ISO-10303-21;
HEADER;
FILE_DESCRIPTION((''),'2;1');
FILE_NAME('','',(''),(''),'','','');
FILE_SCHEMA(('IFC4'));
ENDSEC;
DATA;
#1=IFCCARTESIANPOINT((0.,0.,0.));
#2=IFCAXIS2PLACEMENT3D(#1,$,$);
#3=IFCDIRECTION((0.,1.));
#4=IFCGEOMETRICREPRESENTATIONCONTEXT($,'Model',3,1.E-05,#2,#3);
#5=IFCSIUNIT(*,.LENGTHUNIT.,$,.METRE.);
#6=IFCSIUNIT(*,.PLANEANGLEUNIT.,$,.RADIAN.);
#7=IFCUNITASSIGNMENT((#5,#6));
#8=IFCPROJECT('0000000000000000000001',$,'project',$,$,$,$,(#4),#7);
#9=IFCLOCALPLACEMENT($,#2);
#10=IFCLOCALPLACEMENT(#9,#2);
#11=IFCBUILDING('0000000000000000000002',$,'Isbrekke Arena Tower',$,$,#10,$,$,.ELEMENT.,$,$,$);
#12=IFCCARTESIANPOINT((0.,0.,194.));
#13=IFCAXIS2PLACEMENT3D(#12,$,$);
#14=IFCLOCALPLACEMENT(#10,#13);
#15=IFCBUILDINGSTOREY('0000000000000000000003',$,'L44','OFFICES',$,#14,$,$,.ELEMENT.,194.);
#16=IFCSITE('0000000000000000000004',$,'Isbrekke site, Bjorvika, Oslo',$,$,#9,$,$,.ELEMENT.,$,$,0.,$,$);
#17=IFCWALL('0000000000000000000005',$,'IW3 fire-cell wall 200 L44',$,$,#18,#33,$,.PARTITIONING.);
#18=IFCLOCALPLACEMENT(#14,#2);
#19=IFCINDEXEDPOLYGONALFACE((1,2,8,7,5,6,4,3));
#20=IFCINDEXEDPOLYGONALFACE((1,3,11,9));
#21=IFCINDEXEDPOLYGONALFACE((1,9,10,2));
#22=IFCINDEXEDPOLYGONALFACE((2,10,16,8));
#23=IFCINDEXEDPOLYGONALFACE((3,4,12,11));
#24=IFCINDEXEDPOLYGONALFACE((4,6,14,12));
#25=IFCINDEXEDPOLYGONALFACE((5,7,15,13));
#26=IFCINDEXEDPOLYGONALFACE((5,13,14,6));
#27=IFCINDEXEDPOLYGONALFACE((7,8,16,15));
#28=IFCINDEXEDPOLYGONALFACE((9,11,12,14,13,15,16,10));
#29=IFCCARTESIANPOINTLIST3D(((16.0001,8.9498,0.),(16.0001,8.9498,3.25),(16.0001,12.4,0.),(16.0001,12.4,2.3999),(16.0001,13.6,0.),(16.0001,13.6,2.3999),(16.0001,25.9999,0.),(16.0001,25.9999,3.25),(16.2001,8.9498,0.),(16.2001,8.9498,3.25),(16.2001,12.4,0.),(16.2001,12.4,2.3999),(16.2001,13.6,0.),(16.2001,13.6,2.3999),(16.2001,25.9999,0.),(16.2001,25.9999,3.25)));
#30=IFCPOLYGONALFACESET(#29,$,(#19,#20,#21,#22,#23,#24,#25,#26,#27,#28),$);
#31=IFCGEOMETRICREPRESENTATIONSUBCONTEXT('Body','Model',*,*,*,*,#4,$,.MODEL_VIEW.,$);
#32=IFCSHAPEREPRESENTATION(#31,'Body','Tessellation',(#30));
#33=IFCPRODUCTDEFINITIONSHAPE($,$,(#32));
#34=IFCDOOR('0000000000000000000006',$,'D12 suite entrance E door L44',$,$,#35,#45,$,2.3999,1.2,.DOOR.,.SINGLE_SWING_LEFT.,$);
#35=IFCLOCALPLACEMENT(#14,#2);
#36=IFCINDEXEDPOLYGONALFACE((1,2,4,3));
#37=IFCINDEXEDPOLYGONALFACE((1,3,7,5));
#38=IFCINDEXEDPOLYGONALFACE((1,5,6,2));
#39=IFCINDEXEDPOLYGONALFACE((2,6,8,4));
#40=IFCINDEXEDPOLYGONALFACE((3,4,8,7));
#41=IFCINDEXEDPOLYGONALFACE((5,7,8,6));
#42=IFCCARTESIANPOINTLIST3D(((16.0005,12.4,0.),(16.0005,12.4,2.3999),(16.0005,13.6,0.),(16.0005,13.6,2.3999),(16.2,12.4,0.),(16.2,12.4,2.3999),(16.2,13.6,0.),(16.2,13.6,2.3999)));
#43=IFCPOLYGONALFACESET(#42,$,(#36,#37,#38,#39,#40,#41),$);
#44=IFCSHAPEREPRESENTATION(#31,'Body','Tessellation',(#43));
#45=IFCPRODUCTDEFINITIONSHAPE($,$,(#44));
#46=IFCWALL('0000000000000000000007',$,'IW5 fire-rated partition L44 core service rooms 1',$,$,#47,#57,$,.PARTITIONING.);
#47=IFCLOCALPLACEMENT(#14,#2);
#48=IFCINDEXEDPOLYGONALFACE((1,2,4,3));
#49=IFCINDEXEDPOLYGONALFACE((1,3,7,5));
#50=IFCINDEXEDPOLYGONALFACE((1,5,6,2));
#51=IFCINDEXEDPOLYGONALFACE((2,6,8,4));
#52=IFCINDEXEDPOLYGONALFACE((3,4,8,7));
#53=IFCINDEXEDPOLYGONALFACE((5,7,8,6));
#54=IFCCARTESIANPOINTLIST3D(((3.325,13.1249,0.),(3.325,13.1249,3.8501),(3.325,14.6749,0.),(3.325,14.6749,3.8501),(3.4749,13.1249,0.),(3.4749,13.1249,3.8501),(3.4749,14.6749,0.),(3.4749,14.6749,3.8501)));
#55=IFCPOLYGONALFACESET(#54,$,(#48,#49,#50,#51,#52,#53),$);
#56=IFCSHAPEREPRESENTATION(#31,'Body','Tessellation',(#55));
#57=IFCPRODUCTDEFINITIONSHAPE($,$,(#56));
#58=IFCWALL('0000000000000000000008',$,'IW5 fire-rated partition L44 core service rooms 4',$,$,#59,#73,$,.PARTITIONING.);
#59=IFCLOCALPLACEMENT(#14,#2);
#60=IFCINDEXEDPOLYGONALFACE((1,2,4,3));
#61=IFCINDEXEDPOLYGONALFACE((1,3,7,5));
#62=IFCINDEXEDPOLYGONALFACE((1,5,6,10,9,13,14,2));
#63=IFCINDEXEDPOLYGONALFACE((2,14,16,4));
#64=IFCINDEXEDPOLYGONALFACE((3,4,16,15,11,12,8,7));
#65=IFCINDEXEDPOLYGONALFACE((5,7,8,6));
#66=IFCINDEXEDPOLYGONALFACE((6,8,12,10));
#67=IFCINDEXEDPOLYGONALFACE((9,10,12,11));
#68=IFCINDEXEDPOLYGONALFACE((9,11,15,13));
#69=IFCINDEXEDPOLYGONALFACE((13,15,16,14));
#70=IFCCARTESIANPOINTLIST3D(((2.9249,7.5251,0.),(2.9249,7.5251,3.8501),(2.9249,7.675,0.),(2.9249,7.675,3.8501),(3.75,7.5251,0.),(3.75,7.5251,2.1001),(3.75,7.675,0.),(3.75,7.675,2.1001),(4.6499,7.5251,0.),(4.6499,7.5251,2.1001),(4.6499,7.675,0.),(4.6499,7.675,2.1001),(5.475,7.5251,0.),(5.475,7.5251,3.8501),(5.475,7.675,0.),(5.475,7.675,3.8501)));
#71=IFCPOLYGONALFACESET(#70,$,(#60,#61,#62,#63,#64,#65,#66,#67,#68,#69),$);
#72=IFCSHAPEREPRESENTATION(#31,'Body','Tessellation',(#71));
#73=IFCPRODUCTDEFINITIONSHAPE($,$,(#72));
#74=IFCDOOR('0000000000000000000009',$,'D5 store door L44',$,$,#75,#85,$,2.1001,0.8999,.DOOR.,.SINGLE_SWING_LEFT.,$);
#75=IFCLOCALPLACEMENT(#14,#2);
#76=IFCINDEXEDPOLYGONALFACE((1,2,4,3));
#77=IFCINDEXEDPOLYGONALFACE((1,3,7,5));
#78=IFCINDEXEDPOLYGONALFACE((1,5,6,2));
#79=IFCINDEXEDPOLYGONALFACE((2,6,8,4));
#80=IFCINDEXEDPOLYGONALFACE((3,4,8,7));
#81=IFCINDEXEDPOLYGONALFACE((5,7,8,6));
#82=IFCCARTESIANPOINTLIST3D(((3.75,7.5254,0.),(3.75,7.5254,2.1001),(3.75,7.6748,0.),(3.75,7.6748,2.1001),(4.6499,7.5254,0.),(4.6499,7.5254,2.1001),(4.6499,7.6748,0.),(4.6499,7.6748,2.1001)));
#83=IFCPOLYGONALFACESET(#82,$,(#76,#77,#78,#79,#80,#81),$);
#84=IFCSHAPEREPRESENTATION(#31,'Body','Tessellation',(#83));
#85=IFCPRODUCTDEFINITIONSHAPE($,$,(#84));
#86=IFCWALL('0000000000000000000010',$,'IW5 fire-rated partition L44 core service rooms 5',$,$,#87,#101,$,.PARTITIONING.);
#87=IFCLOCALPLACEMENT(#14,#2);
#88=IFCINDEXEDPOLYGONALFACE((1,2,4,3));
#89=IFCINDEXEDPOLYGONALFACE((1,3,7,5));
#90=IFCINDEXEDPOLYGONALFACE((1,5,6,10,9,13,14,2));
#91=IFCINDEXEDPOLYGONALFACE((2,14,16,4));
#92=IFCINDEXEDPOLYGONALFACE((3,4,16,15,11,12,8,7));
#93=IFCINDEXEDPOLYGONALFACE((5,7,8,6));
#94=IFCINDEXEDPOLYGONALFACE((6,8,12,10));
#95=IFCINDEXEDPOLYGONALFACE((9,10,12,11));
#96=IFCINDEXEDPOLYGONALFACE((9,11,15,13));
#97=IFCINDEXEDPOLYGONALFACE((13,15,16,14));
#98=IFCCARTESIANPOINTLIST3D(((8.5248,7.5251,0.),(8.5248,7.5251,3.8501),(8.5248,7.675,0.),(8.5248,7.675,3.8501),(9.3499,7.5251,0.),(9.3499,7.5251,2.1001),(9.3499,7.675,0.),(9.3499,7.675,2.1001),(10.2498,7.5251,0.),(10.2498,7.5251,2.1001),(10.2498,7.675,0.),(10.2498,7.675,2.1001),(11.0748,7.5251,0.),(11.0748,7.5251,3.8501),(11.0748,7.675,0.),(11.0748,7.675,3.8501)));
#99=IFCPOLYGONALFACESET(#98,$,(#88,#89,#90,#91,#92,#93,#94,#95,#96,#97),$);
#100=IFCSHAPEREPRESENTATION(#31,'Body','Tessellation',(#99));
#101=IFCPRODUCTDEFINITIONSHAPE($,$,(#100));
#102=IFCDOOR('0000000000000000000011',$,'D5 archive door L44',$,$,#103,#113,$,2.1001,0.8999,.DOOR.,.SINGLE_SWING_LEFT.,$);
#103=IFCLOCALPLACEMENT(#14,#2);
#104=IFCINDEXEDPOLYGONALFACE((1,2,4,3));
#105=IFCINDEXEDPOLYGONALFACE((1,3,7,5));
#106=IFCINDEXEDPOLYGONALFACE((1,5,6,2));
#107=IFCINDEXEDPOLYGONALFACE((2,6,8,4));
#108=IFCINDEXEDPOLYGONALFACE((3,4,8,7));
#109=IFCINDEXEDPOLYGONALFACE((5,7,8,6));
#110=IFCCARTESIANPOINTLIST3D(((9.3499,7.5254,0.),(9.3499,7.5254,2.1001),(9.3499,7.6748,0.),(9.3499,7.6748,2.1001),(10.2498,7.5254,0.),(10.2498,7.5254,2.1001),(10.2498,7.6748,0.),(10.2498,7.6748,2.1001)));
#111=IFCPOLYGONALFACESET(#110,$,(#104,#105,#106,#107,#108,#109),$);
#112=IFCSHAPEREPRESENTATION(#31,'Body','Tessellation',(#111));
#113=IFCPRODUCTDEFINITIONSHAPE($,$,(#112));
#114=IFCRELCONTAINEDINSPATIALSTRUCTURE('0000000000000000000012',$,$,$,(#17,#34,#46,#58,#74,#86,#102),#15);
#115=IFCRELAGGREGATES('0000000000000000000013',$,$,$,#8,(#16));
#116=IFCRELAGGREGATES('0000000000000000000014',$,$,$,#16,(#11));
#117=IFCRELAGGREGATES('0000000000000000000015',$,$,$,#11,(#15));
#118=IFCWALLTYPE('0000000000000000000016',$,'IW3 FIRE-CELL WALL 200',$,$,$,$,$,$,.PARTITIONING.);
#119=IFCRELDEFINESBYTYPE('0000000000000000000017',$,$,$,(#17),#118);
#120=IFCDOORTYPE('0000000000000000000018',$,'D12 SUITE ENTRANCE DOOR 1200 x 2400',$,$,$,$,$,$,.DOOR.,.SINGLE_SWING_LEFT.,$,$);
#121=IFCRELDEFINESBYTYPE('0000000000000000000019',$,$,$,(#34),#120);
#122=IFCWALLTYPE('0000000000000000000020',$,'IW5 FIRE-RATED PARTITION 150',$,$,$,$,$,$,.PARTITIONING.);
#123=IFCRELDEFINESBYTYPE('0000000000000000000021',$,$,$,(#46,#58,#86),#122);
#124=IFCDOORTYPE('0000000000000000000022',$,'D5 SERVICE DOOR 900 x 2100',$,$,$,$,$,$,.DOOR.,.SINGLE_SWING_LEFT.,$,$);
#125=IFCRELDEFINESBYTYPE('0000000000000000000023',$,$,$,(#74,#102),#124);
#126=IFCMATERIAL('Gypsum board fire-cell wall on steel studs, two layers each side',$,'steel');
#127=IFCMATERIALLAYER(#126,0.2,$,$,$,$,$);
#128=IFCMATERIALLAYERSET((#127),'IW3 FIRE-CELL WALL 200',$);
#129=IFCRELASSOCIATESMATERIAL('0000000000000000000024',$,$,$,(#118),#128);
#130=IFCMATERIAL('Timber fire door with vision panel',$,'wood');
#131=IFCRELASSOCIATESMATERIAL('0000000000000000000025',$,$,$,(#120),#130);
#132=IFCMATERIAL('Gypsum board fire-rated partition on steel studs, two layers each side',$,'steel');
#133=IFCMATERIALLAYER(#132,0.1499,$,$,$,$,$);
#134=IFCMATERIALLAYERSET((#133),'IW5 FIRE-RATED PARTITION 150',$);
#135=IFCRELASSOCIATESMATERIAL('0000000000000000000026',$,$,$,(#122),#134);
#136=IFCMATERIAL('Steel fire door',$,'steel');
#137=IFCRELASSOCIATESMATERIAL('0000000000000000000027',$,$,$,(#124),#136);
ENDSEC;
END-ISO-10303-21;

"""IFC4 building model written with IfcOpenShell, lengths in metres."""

from ifc_helpers import new_model, si_unit, direction, frame, frame_2d, origin, place, context, subcontext, project, spatial, rectangle, extrude, material, layer, layer_set, type_object, element, fill, save


model = new_model("IFC4")

# Units and contexts
model_context = context("Model", 3, precision=1e-05, world=origin(), true_north=direction((0.0, 1.0)))
body_context = subcontext(model_context, "Body", "Model", "MODEL_VIEW")
ifc_project = project(units=[si_unit("LENGTHUNIT", "METRE"), si_unit("PLANEANGLEUNIT", "RADIAN")], contexts=[model_context])

# Site, building, storey
site_placement = place(None, origin())
site = spatial("IfcSite", under=ifc_project, at=site_placement, Name="Isbrekke site, Bjorvika, Oslo", CompositionType="ELEMENT", RefElevation=0.0)
building_placement = place(site_placement, origin())
building = spatial("IfcBuilding", under=site, at=building_placement, Name="Isbrekke Arena Tower", CompositionType="ELEMENT")
storey_placement = place(building_placement, frame((0.0, 0.0, 194.0)))
storey = spatial("IfcBuildingStorey", under=building, at=storey_placement, Name="L44", Description="OFFICES", CompositionType="ELEMENT", Elevation=194.0)

# Shared definitions
ifc_material_1 = material(Name="Gypsum board fire-cell wall on steel studs, two layers each side", Category="steel")
ifc_layer_1 = layer(ifc_material_1, 0.2)
ifc_layer_set_1 = layer_set([ifc_layer_1], Name="IW3 FIRE-CELL WALL 200")
wall_type_1 = type_object("IfcWallType", Name="IW3 FIRE-CELL WALL 200", PredefinedType="PARTITIONING", material=ifc_layer_set_1)

# Wall, opening, door
wall_1_placement = place(storey_placement, frame((16.1001, 8.95, 0.0), z_axis=(0.0, 0.0, 1.0), x_axis=(0.0, 1.0, 0.0)))
wall_1 = element("IfcWall", 1, at=wall_1_placement, inside=storey, type_object=wall_type_1, Name="IW3 fire-cell wall 200 L44", PredefinedType="PARTITIONING", context=body_context, shape_type="SweptSolid", body=[
    extrude(rectangle(XDim=17.05, YDim=0.2, at=frame_2d((8.5249, 0.0))), origin(), (0.0, 0.0, 1.0), 3.25),
])
opening_1_placement = place(wall_1_placement, frame((3.45, 0.0, 0.0)))
opening_1 = element("IfcOpeningElement", 2, at=opening_1_placement, cuts=wall_1, PredefinedType="OPENING", context=body_context, shape_type="SweptSolid", body=[
    extrude(rectangle(XDim=1.2, YDim=2.3999, at=frame_2d((0.6001, 1.2))), frame((0.0, 0.1147, 0.0), z_axis=(0.0, -1.0, 0.0), x_axis=(1.0, 0.0, 0.0)), (0.0, 0.0, 1.0), 0.2297),
])
ifc_material_2 = material(Name="Timber fire door with vision panel", Category="wood")
door_type_1 = type_object("IfcDoorType", Name="D12 SUITE ENTRANCE DOOR 1200 x 2400", OperationType="SINGLE_SWING_LEFT", PredefinedType="DOOR", material=ifc_material_2)
door_1_placement = place(opening_1_placement, origin())
door_1 = element("IfcDoor", 3, at=door_1_placement, inside=storey, type_object=door_type_1, Name="D12 suite entrance E door L44", OperationType="SINGLE_SWING_LEFT", OverallHeight=2.3999, OverallWidth=1.2, PredefinedType="DOOR", context=body_context, shape_type="SweptSolid", body=[
    extrude(rectangle(XDim=1.2, YDim=2.3999, at=frame_2d((0.6001, 1.2))), frame((0.0, 0.0996, 0.0), z_axis=(0.0, -1.0, 0.0), x_axis=(1.0, 0.0, 0.0)), (0.0, 0.0, 1.0), 0.1995),
])
fill(opening_1, door_1)

# Wall
ifc_material_3 = material(Name="Gypsum board fire-rated partition on steel studs, two layers each side", Category="steel")
ifc_layer_2 = layer(ifc_material_3, 0.1499)
ifc_layer_set_2 = layer_set([ifc_layer_2], Name="IW5 FIRE-RATED PARTITION 150")
wall_type_2 = type_object("IfcWallType", Name="IW5 FIRE-RATED PARTITION 150", PredefinedType="PARTITIONING", material=ifc_layer_set_2)
wall_2_placement = place(storey_placement, frame((3.3999, 13.125, 0.0), z_axis=(0.0, 0.0, 1.0), x_axis=(0.0, 1.0, 0.0)))
element("IfcWall", 4, at=wall_2_placement, inside=storey, type_object=wall_type_2, Name="IW5 fire-rated partition L44 core service rooms 1", PredefinedType="PARTITIONING", context=body_context, shape_type="SweptSolid", body=[
    extrude(rectangle(XDim=1.55, YDim=0.1499, at=frame_2d((0.7749, 0.0))), origin(), (0.0, 0.0, 1.0), 3.8501),
])

# Walls, openings, doors
wall_3_placement = place(storey_placement, frame((2.925, 7.6001, 0.0), z_axis=(0.0, 0.0, 1.0), x_axis=(1.0, 0.0, 0.0)))
wall_3 = element("IfcWall", 5, at=wall_3_placement, inside=storey, type_object=wall_type_2, Name="IW5 fire-rated partition L44 core service rooms 4", PredefinedType="PARTITIONING", context=body_context, shape_type="SweptSolid", body=[
    extrude(rectangle(XDim=2.55, YDim=0.1499, at=frame_2d((1.2749, 0.0))), origin(), (0.0, 0.0, 1.0), 3.8501),
])
opening_2_placement = place(wall_3_placement, frame((0.825, 0.0, 0.0)))
opening_2 = element("IfcOpeningElement", 6, at=opening_2_placement, cuts=wall_3, PredefinedType="OPENING", context=body_context, shape_type="SweptSolid", body=[
    extrude(rectangle(XDim=0.8999, YDim=2.1001, at=frame_2d((0.45, 1.05))), frame((0.0, 0.0898, 0.0), z_axis=(0.0, -1.0, 0.0), x_axis=(1.0, 0.0, 0.0)), (0.0, 0.0, 1.0), 0.1797),
])
ifc_material_4 = material(Name="Steel fire door", Category="steel")
door_type_2 = type_object("IfcDoorType", Name="D5 SERVICE DOOR 900 x 2100", OperationType="SINGLE_SWING_LEFT", PredefinedType="DOOR", material=ifc_material_4)
door_2_placement = place(opening_2_placement, origin())
door_2 = element("IfcDoor", 7, at=door_2_placement, inside=storey, type_object=door_type_2, Name="D5 store door L44", OperationType="SINGLE_SWING_LEFT", OverallHeight=2.1001, OverallWidth=0.8999, PredefinedType="DOOR", context=body_context, shape_type="SweptSolid", body=[
    extrude(rectangle(XDim=0.8999, YDim=2.1001, at=frame_2d((0.45, 1.05))), frame((0.0, 0.0747, 0.0), z_axis=(0.0, -1.0, 0.0), x_axis=(1.0, 0.0, 0.0)), (0.0, 0.0, 1.0), 0.1494),
])
fill(opening_2, door_2)
wall_4_placement = place(storey_placement, frame((8.5249, 7.6001, 0.0), z_axis=(0.0, 0.0, 1.0), x_axis=(1.0, 0.0, 0.0)))
wall_4 = element("IfcWall", 8, at=wall_4_placement, inside=storey, type_object=wall_type_2, Name="IW5 fire-rated partition L44 core service rooms 5", PredefinedType="PARTITIONING", context=body_context, shape_type="SweptSolid", body=[
    extrude(rectangle(XDim=2.55, YDim=0.1499, at=frame_2d((1.2749, 0.0))), origin(), (0.0, 0.0, 1.0), 3.8501),
])
opening_3_placement = place(wall_4_placement, frame((0.825, 0.0, 0.0)))
opening_3 = element("IfcOpeningElement", 9, at=opening_3_placement, cuts=wall_4, PredefinedType="OPENING", context=body_context, shape_type="SweptSolid", body=[
    extrude(rectangle(XDim=0.8999, YDim=2.1001, at=frame_2d((0.45, 1.05))), frame((0.0, 0.0898, 0.0), z_axis=(0.0, -1.0, 0.0), x_axis=(1.0, 0.0, 0.0)), (0.0, 0.0, 1.0), 0.1797),
])
door_3_placement = place(opening_3_placement, origin())
door_3 = element("IfcDoor", 10, at=door_3_placement, inside=storey, type_object=door_type_2, Name="D5 archive door L44", OperationType="SINGLE_SWING_LEFT", OverallHeight=2.1001, OverallWidth=0.8999, PredefinedType="DOOR", context=body_context, shape_type="SweptSolid", body=[
    extrude(rectangle(XDim=0.8999, YDim=2.1001, at=frame_2d((0.45, 1.05))), frame((0.0, 0.0747, 0.0), z_axis=(0.0, -1.0, 0.0), x_axis=(1.0, 0.0, 0.0)), (0.0, 0.0, 1.0), 0.1494),
])
fill(opening_3, door_3)

save(model, "model.ifc")
